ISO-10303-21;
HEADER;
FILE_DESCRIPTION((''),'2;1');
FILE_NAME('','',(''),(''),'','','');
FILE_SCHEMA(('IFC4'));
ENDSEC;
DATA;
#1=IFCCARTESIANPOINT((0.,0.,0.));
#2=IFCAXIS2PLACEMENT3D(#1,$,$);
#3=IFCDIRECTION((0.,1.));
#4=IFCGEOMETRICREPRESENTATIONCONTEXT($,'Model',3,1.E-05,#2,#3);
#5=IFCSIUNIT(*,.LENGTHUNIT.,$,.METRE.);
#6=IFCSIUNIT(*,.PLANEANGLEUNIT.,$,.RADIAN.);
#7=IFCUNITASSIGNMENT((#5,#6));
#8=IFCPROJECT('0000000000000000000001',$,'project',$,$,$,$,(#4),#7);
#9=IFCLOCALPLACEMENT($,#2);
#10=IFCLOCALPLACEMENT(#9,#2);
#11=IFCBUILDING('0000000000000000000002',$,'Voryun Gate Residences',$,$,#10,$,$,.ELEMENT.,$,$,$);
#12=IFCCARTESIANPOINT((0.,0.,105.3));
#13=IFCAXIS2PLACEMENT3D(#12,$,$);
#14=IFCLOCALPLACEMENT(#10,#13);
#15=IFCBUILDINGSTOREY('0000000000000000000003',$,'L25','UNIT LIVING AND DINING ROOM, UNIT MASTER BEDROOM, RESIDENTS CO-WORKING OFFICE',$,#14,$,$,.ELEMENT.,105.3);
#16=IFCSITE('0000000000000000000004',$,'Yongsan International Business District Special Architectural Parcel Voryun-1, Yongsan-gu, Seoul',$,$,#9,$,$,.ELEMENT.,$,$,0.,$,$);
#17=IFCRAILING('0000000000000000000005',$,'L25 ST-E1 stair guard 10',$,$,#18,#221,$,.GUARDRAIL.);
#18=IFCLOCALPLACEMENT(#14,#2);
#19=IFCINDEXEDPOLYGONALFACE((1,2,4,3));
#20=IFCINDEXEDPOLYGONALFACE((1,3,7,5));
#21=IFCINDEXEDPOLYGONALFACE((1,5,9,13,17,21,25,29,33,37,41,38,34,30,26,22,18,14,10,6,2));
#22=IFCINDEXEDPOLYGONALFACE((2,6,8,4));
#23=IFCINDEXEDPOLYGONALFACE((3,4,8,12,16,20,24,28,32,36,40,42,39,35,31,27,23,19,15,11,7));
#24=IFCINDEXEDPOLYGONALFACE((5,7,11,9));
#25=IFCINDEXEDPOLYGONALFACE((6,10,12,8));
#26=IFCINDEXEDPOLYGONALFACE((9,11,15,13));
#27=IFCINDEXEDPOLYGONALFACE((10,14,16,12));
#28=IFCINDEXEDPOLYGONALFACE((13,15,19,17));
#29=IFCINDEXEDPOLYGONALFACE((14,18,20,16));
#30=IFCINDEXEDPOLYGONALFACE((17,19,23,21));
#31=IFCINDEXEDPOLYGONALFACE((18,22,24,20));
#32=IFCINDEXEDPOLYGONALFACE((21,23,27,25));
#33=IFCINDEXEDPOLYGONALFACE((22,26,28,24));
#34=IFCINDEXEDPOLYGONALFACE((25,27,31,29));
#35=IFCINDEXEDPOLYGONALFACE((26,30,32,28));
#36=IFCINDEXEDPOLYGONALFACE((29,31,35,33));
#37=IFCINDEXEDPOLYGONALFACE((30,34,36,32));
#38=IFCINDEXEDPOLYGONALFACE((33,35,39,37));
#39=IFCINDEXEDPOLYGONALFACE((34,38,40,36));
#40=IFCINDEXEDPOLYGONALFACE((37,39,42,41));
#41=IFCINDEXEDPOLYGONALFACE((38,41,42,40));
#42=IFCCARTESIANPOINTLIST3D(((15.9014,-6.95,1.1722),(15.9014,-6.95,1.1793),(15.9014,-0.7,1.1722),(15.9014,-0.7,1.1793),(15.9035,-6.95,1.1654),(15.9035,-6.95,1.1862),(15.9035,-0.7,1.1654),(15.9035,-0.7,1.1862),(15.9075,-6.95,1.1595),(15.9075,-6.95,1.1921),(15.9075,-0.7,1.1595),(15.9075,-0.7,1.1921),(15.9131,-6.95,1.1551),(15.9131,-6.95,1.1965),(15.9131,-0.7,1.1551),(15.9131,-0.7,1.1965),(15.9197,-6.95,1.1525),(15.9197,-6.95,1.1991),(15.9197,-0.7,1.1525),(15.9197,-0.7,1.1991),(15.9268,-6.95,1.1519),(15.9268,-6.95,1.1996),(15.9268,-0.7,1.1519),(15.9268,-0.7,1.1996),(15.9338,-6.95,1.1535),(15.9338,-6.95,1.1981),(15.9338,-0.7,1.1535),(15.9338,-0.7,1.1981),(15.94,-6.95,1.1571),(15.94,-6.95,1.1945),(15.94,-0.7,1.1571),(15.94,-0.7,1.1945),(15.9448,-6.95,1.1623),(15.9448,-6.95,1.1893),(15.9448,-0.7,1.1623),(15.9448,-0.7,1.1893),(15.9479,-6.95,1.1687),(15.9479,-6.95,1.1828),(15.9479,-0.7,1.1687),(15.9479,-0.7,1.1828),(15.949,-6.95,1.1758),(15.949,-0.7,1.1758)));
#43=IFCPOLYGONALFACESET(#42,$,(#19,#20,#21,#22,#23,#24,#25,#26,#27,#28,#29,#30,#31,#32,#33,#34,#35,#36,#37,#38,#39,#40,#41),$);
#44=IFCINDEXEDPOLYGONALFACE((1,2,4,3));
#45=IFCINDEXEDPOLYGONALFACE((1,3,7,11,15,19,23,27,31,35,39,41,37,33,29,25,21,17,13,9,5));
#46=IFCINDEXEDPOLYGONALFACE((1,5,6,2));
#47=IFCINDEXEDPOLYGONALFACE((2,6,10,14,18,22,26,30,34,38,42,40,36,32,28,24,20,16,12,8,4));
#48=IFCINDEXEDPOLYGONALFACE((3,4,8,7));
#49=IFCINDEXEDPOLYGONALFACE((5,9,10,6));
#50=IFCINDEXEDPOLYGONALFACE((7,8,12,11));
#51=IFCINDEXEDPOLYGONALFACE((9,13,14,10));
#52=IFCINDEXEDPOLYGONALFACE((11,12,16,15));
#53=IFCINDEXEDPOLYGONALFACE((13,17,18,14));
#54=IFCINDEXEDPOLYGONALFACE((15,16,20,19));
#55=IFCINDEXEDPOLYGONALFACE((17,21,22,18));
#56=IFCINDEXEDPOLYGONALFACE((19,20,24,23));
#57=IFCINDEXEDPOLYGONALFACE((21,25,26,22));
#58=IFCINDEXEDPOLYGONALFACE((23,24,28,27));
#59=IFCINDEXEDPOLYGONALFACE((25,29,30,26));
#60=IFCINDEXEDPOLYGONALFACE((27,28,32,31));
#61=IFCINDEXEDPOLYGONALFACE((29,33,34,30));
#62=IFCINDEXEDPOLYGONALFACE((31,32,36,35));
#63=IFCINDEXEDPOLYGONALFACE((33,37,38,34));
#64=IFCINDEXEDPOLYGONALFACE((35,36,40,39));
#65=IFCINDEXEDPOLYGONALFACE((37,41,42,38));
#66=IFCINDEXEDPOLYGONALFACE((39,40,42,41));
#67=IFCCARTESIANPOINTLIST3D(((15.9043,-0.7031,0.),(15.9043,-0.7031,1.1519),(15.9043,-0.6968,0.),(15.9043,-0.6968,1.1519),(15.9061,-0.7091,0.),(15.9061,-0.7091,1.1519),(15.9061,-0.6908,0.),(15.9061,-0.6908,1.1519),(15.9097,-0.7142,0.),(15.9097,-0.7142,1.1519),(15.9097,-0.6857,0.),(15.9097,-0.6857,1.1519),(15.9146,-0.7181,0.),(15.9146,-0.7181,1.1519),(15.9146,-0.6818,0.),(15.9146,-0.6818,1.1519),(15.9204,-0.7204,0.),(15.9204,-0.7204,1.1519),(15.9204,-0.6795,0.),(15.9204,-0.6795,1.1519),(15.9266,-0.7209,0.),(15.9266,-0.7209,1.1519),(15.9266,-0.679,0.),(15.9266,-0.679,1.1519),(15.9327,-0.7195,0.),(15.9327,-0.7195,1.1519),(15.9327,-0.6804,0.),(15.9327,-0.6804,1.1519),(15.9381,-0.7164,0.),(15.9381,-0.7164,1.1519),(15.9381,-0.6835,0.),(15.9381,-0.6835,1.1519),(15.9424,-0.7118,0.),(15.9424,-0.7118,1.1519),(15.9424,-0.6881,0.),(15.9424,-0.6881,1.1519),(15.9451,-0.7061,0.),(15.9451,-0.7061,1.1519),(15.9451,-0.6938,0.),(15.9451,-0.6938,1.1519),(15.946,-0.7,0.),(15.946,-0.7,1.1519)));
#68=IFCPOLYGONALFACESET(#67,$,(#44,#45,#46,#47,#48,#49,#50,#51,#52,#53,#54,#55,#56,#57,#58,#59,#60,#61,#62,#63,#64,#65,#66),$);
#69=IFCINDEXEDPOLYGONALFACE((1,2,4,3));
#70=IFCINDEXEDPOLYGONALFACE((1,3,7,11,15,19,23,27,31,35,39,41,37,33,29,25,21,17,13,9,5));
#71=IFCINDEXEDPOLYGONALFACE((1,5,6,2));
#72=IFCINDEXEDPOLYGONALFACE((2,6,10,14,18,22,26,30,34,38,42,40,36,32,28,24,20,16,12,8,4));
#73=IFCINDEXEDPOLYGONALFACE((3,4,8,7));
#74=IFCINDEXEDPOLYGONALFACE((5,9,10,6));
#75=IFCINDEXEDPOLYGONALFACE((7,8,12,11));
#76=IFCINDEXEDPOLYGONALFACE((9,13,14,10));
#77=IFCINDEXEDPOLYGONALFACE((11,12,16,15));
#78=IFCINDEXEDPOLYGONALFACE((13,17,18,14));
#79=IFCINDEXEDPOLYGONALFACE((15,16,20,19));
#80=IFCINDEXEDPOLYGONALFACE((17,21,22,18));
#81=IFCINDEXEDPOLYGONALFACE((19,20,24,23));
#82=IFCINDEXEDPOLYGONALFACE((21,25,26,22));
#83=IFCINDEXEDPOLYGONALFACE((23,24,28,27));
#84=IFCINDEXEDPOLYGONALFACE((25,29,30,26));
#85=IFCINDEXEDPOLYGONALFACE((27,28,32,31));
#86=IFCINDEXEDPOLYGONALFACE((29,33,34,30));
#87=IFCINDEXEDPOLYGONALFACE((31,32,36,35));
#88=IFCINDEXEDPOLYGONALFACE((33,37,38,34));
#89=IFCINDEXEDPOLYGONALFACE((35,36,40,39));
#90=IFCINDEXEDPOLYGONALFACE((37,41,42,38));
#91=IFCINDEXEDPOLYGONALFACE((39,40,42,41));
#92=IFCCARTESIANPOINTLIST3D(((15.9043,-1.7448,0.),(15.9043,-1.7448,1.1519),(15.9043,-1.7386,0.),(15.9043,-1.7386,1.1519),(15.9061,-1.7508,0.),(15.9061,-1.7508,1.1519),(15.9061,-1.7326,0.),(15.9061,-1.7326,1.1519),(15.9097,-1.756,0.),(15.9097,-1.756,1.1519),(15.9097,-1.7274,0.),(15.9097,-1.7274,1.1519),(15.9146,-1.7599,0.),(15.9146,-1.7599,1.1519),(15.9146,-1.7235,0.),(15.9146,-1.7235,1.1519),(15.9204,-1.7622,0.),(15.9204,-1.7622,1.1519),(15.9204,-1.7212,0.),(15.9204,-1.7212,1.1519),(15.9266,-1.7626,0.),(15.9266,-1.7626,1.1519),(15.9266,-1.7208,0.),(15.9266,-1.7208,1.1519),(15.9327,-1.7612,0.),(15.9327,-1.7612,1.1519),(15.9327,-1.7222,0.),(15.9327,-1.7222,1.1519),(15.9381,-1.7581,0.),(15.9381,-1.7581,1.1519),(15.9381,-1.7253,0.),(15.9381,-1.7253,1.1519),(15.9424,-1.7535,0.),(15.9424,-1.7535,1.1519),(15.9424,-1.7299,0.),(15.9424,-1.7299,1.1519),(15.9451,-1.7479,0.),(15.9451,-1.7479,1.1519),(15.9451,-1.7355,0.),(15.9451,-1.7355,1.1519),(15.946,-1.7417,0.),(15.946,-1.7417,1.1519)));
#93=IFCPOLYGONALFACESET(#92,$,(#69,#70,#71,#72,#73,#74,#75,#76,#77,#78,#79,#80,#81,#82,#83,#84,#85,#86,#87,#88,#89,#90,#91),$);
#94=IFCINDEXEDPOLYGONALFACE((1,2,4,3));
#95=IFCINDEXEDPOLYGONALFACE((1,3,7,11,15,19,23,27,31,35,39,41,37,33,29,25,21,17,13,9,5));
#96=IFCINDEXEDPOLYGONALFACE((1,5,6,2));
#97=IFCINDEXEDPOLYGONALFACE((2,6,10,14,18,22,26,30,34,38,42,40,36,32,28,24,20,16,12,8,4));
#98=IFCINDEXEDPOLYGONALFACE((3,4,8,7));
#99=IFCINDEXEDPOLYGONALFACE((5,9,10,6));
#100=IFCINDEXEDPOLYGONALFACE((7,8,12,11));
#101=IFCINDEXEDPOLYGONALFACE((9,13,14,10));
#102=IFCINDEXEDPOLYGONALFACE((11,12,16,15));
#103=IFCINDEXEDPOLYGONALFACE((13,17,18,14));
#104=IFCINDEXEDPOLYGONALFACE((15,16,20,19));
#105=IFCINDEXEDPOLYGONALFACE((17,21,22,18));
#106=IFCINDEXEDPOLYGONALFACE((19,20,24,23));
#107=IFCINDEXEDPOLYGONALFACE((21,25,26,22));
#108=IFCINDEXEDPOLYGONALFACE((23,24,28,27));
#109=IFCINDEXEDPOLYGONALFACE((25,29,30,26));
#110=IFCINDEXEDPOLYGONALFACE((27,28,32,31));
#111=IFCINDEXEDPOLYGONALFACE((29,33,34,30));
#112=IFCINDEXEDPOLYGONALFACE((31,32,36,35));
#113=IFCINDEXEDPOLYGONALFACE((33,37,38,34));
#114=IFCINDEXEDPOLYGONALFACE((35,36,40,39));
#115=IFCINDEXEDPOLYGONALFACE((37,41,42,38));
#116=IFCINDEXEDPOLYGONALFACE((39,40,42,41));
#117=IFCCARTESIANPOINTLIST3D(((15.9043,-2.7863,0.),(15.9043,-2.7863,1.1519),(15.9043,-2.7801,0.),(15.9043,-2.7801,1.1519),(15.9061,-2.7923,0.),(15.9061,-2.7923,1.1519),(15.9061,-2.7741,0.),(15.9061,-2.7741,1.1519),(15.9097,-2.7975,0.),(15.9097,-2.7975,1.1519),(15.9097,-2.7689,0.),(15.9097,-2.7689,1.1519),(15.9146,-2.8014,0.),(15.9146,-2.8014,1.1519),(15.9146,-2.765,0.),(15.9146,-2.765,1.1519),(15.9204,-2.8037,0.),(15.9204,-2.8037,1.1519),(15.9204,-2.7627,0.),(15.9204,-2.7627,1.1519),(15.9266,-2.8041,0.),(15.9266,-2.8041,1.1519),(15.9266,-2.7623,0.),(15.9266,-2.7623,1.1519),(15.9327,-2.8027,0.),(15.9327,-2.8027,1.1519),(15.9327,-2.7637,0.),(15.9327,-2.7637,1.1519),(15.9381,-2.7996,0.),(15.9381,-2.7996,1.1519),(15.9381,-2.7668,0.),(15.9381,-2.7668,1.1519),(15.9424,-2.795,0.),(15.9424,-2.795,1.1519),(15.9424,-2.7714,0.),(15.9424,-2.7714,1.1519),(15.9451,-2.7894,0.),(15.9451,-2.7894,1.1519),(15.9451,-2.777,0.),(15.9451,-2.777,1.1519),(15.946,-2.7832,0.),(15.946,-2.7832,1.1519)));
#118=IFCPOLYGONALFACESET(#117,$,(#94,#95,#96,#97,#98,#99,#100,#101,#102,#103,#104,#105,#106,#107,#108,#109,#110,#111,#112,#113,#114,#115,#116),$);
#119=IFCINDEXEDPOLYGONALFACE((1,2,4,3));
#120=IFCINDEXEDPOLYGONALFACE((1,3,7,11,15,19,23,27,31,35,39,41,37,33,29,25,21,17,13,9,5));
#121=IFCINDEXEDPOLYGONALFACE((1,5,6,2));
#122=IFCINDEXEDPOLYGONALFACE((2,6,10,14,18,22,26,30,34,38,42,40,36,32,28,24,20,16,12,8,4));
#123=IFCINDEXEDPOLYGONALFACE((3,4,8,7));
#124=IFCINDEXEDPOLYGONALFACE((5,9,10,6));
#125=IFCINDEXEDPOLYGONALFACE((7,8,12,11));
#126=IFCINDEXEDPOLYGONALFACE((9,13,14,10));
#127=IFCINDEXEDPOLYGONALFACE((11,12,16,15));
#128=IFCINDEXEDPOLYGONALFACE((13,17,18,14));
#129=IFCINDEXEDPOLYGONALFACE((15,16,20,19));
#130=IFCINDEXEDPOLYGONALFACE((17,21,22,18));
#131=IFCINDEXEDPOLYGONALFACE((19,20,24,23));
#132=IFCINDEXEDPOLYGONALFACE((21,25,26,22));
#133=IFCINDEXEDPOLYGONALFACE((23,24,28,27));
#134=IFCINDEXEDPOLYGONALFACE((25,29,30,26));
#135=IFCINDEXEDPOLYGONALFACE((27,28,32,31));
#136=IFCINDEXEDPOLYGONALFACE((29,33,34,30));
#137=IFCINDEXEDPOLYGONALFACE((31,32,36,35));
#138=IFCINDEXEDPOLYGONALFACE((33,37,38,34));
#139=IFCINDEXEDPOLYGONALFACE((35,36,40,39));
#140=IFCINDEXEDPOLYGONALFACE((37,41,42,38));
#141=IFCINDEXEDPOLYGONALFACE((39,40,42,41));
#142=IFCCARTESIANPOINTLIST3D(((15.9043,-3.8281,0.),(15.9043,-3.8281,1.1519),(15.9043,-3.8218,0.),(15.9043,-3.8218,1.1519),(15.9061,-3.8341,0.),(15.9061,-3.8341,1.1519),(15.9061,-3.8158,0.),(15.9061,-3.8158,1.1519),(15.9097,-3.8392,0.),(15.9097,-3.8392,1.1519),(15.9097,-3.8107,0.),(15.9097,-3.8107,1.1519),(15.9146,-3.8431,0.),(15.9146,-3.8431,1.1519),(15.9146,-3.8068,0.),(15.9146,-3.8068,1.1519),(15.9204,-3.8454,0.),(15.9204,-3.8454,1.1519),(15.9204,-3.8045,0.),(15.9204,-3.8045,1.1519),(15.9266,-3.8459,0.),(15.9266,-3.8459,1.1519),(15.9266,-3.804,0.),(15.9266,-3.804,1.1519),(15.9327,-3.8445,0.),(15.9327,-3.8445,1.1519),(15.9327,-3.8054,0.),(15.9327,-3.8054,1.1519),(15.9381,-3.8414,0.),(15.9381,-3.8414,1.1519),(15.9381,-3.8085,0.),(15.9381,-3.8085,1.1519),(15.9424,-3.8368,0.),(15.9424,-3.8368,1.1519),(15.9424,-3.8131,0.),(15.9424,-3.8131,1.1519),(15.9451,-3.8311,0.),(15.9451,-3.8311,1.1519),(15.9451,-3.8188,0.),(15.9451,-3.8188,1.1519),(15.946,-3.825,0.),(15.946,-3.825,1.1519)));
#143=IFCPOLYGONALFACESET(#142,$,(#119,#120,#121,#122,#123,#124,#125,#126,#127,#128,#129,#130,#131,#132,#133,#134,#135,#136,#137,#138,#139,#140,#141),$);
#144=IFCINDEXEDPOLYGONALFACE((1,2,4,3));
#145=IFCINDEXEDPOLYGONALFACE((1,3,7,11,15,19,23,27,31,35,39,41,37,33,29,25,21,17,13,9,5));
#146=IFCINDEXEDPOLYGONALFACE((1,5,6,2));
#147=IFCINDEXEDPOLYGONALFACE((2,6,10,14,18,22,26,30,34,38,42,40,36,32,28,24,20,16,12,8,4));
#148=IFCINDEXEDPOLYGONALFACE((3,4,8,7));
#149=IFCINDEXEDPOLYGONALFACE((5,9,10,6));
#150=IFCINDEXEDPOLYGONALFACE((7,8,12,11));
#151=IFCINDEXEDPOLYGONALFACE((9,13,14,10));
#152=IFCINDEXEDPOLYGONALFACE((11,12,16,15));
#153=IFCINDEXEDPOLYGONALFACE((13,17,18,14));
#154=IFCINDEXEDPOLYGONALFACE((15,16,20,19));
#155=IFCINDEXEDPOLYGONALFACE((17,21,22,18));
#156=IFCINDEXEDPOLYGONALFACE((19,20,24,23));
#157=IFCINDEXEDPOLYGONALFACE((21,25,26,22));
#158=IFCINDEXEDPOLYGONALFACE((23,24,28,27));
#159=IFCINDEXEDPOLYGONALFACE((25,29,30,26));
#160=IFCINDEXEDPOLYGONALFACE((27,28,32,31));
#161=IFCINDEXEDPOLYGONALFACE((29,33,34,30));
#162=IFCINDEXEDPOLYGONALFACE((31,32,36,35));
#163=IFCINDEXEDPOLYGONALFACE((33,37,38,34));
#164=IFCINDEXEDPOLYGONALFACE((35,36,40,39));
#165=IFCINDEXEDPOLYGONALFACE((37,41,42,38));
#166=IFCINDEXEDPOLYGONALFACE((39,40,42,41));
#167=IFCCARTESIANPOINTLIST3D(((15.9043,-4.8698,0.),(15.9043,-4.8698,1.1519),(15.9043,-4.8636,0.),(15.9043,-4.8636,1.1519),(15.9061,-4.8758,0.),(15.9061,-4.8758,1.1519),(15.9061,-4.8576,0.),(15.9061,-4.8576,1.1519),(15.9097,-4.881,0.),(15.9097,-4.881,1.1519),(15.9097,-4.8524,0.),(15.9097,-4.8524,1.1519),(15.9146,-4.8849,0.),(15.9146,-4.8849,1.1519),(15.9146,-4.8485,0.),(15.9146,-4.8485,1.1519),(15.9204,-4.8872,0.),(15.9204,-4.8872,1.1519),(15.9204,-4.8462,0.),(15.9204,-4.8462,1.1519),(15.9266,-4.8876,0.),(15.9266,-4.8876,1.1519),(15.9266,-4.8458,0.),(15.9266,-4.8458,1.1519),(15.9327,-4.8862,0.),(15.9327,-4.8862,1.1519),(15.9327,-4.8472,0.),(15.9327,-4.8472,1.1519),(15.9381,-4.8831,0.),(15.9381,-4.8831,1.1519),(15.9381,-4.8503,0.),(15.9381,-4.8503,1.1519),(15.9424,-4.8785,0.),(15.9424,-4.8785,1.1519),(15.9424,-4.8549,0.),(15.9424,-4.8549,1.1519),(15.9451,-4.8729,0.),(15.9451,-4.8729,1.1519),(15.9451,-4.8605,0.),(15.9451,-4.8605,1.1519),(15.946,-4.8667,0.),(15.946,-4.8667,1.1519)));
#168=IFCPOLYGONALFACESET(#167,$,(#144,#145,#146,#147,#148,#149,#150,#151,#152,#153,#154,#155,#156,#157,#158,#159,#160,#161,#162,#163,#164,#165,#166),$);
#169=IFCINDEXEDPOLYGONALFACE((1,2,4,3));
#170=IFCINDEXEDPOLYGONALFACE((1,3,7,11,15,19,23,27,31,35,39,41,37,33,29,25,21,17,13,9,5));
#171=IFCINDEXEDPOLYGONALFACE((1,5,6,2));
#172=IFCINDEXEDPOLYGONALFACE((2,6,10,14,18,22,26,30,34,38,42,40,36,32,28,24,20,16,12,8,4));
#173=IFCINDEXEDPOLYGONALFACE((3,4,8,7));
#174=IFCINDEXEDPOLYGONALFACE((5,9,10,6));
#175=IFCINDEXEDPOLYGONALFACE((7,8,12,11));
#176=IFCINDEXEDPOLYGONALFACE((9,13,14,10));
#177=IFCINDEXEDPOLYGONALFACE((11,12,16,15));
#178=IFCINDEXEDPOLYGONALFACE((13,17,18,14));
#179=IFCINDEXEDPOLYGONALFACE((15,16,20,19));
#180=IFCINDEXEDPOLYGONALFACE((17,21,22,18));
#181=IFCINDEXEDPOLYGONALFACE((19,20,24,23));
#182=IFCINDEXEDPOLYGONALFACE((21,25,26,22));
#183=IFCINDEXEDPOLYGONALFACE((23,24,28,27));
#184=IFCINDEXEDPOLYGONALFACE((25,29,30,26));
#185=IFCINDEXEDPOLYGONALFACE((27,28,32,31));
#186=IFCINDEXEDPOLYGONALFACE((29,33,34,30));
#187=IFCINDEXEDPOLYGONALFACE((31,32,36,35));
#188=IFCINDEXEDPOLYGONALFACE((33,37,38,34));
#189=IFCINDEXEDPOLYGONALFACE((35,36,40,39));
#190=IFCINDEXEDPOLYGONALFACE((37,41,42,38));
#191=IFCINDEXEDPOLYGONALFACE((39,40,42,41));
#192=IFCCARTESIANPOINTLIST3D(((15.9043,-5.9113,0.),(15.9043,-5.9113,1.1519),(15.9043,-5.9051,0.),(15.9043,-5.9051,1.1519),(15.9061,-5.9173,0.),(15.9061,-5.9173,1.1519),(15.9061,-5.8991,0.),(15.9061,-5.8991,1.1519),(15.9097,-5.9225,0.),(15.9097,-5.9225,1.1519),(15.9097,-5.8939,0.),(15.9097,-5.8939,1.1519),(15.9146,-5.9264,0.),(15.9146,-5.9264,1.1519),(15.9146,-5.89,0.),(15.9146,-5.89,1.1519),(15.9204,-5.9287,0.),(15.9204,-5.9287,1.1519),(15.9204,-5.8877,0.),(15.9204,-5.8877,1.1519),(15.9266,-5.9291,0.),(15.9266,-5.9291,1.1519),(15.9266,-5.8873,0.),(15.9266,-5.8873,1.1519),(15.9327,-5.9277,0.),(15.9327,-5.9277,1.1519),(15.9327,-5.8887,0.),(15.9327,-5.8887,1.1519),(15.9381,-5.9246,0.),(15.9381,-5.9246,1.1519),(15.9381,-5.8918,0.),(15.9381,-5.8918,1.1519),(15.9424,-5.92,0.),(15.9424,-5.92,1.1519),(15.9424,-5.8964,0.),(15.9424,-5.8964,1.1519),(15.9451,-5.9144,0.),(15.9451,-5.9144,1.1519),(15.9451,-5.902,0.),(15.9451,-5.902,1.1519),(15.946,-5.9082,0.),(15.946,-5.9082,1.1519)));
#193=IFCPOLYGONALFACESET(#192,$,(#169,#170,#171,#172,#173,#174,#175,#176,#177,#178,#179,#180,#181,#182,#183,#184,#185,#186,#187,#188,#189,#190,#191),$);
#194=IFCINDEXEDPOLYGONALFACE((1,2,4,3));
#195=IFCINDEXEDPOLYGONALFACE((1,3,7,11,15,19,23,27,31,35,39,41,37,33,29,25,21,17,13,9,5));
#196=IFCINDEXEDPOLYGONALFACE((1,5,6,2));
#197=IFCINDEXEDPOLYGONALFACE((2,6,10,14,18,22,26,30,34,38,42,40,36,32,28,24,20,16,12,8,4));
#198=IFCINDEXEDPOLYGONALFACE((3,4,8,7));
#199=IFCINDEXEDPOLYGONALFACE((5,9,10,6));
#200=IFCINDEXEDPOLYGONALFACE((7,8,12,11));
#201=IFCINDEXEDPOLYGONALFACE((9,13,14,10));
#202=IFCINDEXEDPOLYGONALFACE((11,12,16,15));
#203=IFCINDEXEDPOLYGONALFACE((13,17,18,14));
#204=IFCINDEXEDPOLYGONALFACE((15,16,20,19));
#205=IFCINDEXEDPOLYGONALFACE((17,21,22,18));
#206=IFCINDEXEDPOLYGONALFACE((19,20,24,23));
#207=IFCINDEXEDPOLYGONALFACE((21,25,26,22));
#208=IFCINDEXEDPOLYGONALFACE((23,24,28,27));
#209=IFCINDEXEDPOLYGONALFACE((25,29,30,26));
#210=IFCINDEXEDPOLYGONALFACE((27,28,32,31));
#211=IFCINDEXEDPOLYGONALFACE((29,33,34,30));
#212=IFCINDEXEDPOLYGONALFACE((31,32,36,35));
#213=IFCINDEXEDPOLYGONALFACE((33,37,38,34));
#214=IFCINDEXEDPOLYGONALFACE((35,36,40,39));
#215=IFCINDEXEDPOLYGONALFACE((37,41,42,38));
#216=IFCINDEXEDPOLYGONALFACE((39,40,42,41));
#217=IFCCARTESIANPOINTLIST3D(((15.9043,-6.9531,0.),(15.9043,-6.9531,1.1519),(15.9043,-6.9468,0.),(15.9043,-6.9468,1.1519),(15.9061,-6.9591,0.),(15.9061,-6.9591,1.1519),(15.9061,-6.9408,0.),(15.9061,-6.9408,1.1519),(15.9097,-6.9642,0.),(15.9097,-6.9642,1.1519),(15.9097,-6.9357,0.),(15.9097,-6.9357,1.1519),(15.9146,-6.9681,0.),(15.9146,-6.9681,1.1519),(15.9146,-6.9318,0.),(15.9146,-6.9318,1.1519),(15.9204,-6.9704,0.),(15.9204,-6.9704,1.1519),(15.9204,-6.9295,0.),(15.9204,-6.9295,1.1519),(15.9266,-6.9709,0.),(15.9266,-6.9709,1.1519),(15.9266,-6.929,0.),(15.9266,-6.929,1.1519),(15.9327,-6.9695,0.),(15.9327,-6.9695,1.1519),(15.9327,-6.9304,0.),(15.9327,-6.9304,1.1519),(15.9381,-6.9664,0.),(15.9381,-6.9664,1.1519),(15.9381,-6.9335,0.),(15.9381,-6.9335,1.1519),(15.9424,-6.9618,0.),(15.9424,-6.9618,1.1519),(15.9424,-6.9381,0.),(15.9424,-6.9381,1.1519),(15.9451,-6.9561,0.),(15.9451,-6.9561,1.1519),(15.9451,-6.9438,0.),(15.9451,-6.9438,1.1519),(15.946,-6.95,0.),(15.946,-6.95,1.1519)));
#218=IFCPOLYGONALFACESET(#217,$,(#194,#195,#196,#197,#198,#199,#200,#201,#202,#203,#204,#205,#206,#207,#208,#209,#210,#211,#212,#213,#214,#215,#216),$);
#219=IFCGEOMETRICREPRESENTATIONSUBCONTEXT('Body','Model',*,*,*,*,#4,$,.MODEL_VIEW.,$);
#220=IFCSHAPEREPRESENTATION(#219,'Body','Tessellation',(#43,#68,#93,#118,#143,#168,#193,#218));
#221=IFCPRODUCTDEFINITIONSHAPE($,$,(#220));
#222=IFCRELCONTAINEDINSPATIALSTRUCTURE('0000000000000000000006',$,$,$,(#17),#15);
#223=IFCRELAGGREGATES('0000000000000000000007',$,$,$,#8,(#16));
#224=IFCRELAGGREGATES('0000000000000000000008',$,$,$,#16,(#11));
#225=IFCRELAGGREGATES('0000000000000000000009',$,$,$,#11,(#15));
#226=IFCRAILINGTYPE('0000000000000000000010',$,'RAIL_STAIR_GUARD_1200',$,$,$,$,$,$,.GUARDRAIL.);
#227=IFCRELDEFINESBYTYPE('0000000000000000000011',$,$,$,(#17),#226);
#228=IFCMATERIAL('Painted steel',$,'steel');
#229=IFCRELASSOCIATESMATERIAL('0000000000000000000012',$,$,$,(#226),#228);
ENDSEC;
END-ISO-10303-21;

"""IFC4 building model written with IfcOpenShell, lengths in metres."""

from ifc_helpers import new_model, si_unit, direction, frame, origin, origin_2d, place, context, subcontext, project, spatial, circle, extrude, material, type_object, element, save


model = new_model("IFC4")

# Units and contexts
model_context = context("Model", 3, precision=1e-05, world=origin(), true_north=direction((0.0, 1.0)))
body_context = subcontext(model_context, "Body", "Model", "MODEL_VIEW")
ifc_project = project(units=[si_unit("LENGTHUNIT", "METRE"), si_unit("PLANEANGLEUNIT", "RADIAN")], contexts=[model_context])

# Site, building, storey
site_placement = place(None, origin())
site = spatial("IfcSite", under=ifc_project, at=site_placement, Name="Yongsan International Business District Special Architectural Parcel Voryun-1, Yongsan-gu, Seoul", CompositionType="ELEMENT", RefElevation=0.0)
building_placement = place(site_placement, origin())
building = spatial("IfcBuilding", under=site, at=building_placement, Name="Voryun Gate Residences", CompositionType="ELEMENT")
storey_placement = place(building_placement, frame((0.0, 0.0, 105.3)))
storey = spatial("IfcBuildingStorey", under=building, at=storey_placement, Name="L25", Description="UNIT LIVING AND DINING ROOM, UNIT MASTER BEDROOM, RESIDENTS CO-WORKING OFFICE", CompositionType="ELEMENT", Elevation=105.3)

# Railing
ifc_material_1 = material(Name="Painted steel", Category="steel")
railing_type = type_object("IfcRailingType", Name="RAIL_STAIR_GUARD_1200", PredefinedType="GUARDRAIL", material=ifc_material_1)
railing_1_placement = place(storey_placement, frame((15.925, -0.7, 0.0)))
element("IfcRailing", 1, at=railing_1_placement, inside=storey, type_object=railing_type, Name="L25 ST-E1 stair guard 10", PredefinedType="GUARDRAIL", context=body_context, shape_type="SweptSolid", body=[
    extrude(circle(Radius=0.0239, at=origin_2d()), frame((0.0, 0.0, 1.1758), z_axis=(0.0, -1.0, 0.0), x_axis=(1.0, 0.0, 0.0)), (0.0, 0.0, 1.0), 6.25),
    extrude(circle(Radius=0.021, at=origin_2d()), origin(), (0.0, 0.0, 1.0), 1.1519),
    extrude(circle(Radius=0.021, at=origin_2d()), frame((0.0, -1.0417, 0.0)), (0.0, 0.0, 1.0), 1.1519),
    extrude(circle(Radius=0.021, at=origin_2d()), frame((0.0, -2.0833, 0.0)), (0.0, 0.0, 1.0), 1.1519),
    extrude(circle(Radius=0.021, at=origin_2d()), frame((0.0, -3.125, 0.0)), (0.0, 0.0, 1.0), 1.1519),
    extrude(circle(Radius=0.021, at=origin_2d()), frame((0.0, -4.1667, 0.0)), (0.0, 0.0, 1.0), 1.1519),
    extrude(circle(Radius=0.021, at=origin_2d()), frame((0.0, -5.2083, 0.0)), (0.0, 0.0, 1.0), 1.1519),
    extrude(circle(Radius=0.021, at=origin_2d()), frame((0.0, -6.25, 0.0)), (0.0, 0.0, 1.0), 1.1519),
])

save(model, "model.ifc")
